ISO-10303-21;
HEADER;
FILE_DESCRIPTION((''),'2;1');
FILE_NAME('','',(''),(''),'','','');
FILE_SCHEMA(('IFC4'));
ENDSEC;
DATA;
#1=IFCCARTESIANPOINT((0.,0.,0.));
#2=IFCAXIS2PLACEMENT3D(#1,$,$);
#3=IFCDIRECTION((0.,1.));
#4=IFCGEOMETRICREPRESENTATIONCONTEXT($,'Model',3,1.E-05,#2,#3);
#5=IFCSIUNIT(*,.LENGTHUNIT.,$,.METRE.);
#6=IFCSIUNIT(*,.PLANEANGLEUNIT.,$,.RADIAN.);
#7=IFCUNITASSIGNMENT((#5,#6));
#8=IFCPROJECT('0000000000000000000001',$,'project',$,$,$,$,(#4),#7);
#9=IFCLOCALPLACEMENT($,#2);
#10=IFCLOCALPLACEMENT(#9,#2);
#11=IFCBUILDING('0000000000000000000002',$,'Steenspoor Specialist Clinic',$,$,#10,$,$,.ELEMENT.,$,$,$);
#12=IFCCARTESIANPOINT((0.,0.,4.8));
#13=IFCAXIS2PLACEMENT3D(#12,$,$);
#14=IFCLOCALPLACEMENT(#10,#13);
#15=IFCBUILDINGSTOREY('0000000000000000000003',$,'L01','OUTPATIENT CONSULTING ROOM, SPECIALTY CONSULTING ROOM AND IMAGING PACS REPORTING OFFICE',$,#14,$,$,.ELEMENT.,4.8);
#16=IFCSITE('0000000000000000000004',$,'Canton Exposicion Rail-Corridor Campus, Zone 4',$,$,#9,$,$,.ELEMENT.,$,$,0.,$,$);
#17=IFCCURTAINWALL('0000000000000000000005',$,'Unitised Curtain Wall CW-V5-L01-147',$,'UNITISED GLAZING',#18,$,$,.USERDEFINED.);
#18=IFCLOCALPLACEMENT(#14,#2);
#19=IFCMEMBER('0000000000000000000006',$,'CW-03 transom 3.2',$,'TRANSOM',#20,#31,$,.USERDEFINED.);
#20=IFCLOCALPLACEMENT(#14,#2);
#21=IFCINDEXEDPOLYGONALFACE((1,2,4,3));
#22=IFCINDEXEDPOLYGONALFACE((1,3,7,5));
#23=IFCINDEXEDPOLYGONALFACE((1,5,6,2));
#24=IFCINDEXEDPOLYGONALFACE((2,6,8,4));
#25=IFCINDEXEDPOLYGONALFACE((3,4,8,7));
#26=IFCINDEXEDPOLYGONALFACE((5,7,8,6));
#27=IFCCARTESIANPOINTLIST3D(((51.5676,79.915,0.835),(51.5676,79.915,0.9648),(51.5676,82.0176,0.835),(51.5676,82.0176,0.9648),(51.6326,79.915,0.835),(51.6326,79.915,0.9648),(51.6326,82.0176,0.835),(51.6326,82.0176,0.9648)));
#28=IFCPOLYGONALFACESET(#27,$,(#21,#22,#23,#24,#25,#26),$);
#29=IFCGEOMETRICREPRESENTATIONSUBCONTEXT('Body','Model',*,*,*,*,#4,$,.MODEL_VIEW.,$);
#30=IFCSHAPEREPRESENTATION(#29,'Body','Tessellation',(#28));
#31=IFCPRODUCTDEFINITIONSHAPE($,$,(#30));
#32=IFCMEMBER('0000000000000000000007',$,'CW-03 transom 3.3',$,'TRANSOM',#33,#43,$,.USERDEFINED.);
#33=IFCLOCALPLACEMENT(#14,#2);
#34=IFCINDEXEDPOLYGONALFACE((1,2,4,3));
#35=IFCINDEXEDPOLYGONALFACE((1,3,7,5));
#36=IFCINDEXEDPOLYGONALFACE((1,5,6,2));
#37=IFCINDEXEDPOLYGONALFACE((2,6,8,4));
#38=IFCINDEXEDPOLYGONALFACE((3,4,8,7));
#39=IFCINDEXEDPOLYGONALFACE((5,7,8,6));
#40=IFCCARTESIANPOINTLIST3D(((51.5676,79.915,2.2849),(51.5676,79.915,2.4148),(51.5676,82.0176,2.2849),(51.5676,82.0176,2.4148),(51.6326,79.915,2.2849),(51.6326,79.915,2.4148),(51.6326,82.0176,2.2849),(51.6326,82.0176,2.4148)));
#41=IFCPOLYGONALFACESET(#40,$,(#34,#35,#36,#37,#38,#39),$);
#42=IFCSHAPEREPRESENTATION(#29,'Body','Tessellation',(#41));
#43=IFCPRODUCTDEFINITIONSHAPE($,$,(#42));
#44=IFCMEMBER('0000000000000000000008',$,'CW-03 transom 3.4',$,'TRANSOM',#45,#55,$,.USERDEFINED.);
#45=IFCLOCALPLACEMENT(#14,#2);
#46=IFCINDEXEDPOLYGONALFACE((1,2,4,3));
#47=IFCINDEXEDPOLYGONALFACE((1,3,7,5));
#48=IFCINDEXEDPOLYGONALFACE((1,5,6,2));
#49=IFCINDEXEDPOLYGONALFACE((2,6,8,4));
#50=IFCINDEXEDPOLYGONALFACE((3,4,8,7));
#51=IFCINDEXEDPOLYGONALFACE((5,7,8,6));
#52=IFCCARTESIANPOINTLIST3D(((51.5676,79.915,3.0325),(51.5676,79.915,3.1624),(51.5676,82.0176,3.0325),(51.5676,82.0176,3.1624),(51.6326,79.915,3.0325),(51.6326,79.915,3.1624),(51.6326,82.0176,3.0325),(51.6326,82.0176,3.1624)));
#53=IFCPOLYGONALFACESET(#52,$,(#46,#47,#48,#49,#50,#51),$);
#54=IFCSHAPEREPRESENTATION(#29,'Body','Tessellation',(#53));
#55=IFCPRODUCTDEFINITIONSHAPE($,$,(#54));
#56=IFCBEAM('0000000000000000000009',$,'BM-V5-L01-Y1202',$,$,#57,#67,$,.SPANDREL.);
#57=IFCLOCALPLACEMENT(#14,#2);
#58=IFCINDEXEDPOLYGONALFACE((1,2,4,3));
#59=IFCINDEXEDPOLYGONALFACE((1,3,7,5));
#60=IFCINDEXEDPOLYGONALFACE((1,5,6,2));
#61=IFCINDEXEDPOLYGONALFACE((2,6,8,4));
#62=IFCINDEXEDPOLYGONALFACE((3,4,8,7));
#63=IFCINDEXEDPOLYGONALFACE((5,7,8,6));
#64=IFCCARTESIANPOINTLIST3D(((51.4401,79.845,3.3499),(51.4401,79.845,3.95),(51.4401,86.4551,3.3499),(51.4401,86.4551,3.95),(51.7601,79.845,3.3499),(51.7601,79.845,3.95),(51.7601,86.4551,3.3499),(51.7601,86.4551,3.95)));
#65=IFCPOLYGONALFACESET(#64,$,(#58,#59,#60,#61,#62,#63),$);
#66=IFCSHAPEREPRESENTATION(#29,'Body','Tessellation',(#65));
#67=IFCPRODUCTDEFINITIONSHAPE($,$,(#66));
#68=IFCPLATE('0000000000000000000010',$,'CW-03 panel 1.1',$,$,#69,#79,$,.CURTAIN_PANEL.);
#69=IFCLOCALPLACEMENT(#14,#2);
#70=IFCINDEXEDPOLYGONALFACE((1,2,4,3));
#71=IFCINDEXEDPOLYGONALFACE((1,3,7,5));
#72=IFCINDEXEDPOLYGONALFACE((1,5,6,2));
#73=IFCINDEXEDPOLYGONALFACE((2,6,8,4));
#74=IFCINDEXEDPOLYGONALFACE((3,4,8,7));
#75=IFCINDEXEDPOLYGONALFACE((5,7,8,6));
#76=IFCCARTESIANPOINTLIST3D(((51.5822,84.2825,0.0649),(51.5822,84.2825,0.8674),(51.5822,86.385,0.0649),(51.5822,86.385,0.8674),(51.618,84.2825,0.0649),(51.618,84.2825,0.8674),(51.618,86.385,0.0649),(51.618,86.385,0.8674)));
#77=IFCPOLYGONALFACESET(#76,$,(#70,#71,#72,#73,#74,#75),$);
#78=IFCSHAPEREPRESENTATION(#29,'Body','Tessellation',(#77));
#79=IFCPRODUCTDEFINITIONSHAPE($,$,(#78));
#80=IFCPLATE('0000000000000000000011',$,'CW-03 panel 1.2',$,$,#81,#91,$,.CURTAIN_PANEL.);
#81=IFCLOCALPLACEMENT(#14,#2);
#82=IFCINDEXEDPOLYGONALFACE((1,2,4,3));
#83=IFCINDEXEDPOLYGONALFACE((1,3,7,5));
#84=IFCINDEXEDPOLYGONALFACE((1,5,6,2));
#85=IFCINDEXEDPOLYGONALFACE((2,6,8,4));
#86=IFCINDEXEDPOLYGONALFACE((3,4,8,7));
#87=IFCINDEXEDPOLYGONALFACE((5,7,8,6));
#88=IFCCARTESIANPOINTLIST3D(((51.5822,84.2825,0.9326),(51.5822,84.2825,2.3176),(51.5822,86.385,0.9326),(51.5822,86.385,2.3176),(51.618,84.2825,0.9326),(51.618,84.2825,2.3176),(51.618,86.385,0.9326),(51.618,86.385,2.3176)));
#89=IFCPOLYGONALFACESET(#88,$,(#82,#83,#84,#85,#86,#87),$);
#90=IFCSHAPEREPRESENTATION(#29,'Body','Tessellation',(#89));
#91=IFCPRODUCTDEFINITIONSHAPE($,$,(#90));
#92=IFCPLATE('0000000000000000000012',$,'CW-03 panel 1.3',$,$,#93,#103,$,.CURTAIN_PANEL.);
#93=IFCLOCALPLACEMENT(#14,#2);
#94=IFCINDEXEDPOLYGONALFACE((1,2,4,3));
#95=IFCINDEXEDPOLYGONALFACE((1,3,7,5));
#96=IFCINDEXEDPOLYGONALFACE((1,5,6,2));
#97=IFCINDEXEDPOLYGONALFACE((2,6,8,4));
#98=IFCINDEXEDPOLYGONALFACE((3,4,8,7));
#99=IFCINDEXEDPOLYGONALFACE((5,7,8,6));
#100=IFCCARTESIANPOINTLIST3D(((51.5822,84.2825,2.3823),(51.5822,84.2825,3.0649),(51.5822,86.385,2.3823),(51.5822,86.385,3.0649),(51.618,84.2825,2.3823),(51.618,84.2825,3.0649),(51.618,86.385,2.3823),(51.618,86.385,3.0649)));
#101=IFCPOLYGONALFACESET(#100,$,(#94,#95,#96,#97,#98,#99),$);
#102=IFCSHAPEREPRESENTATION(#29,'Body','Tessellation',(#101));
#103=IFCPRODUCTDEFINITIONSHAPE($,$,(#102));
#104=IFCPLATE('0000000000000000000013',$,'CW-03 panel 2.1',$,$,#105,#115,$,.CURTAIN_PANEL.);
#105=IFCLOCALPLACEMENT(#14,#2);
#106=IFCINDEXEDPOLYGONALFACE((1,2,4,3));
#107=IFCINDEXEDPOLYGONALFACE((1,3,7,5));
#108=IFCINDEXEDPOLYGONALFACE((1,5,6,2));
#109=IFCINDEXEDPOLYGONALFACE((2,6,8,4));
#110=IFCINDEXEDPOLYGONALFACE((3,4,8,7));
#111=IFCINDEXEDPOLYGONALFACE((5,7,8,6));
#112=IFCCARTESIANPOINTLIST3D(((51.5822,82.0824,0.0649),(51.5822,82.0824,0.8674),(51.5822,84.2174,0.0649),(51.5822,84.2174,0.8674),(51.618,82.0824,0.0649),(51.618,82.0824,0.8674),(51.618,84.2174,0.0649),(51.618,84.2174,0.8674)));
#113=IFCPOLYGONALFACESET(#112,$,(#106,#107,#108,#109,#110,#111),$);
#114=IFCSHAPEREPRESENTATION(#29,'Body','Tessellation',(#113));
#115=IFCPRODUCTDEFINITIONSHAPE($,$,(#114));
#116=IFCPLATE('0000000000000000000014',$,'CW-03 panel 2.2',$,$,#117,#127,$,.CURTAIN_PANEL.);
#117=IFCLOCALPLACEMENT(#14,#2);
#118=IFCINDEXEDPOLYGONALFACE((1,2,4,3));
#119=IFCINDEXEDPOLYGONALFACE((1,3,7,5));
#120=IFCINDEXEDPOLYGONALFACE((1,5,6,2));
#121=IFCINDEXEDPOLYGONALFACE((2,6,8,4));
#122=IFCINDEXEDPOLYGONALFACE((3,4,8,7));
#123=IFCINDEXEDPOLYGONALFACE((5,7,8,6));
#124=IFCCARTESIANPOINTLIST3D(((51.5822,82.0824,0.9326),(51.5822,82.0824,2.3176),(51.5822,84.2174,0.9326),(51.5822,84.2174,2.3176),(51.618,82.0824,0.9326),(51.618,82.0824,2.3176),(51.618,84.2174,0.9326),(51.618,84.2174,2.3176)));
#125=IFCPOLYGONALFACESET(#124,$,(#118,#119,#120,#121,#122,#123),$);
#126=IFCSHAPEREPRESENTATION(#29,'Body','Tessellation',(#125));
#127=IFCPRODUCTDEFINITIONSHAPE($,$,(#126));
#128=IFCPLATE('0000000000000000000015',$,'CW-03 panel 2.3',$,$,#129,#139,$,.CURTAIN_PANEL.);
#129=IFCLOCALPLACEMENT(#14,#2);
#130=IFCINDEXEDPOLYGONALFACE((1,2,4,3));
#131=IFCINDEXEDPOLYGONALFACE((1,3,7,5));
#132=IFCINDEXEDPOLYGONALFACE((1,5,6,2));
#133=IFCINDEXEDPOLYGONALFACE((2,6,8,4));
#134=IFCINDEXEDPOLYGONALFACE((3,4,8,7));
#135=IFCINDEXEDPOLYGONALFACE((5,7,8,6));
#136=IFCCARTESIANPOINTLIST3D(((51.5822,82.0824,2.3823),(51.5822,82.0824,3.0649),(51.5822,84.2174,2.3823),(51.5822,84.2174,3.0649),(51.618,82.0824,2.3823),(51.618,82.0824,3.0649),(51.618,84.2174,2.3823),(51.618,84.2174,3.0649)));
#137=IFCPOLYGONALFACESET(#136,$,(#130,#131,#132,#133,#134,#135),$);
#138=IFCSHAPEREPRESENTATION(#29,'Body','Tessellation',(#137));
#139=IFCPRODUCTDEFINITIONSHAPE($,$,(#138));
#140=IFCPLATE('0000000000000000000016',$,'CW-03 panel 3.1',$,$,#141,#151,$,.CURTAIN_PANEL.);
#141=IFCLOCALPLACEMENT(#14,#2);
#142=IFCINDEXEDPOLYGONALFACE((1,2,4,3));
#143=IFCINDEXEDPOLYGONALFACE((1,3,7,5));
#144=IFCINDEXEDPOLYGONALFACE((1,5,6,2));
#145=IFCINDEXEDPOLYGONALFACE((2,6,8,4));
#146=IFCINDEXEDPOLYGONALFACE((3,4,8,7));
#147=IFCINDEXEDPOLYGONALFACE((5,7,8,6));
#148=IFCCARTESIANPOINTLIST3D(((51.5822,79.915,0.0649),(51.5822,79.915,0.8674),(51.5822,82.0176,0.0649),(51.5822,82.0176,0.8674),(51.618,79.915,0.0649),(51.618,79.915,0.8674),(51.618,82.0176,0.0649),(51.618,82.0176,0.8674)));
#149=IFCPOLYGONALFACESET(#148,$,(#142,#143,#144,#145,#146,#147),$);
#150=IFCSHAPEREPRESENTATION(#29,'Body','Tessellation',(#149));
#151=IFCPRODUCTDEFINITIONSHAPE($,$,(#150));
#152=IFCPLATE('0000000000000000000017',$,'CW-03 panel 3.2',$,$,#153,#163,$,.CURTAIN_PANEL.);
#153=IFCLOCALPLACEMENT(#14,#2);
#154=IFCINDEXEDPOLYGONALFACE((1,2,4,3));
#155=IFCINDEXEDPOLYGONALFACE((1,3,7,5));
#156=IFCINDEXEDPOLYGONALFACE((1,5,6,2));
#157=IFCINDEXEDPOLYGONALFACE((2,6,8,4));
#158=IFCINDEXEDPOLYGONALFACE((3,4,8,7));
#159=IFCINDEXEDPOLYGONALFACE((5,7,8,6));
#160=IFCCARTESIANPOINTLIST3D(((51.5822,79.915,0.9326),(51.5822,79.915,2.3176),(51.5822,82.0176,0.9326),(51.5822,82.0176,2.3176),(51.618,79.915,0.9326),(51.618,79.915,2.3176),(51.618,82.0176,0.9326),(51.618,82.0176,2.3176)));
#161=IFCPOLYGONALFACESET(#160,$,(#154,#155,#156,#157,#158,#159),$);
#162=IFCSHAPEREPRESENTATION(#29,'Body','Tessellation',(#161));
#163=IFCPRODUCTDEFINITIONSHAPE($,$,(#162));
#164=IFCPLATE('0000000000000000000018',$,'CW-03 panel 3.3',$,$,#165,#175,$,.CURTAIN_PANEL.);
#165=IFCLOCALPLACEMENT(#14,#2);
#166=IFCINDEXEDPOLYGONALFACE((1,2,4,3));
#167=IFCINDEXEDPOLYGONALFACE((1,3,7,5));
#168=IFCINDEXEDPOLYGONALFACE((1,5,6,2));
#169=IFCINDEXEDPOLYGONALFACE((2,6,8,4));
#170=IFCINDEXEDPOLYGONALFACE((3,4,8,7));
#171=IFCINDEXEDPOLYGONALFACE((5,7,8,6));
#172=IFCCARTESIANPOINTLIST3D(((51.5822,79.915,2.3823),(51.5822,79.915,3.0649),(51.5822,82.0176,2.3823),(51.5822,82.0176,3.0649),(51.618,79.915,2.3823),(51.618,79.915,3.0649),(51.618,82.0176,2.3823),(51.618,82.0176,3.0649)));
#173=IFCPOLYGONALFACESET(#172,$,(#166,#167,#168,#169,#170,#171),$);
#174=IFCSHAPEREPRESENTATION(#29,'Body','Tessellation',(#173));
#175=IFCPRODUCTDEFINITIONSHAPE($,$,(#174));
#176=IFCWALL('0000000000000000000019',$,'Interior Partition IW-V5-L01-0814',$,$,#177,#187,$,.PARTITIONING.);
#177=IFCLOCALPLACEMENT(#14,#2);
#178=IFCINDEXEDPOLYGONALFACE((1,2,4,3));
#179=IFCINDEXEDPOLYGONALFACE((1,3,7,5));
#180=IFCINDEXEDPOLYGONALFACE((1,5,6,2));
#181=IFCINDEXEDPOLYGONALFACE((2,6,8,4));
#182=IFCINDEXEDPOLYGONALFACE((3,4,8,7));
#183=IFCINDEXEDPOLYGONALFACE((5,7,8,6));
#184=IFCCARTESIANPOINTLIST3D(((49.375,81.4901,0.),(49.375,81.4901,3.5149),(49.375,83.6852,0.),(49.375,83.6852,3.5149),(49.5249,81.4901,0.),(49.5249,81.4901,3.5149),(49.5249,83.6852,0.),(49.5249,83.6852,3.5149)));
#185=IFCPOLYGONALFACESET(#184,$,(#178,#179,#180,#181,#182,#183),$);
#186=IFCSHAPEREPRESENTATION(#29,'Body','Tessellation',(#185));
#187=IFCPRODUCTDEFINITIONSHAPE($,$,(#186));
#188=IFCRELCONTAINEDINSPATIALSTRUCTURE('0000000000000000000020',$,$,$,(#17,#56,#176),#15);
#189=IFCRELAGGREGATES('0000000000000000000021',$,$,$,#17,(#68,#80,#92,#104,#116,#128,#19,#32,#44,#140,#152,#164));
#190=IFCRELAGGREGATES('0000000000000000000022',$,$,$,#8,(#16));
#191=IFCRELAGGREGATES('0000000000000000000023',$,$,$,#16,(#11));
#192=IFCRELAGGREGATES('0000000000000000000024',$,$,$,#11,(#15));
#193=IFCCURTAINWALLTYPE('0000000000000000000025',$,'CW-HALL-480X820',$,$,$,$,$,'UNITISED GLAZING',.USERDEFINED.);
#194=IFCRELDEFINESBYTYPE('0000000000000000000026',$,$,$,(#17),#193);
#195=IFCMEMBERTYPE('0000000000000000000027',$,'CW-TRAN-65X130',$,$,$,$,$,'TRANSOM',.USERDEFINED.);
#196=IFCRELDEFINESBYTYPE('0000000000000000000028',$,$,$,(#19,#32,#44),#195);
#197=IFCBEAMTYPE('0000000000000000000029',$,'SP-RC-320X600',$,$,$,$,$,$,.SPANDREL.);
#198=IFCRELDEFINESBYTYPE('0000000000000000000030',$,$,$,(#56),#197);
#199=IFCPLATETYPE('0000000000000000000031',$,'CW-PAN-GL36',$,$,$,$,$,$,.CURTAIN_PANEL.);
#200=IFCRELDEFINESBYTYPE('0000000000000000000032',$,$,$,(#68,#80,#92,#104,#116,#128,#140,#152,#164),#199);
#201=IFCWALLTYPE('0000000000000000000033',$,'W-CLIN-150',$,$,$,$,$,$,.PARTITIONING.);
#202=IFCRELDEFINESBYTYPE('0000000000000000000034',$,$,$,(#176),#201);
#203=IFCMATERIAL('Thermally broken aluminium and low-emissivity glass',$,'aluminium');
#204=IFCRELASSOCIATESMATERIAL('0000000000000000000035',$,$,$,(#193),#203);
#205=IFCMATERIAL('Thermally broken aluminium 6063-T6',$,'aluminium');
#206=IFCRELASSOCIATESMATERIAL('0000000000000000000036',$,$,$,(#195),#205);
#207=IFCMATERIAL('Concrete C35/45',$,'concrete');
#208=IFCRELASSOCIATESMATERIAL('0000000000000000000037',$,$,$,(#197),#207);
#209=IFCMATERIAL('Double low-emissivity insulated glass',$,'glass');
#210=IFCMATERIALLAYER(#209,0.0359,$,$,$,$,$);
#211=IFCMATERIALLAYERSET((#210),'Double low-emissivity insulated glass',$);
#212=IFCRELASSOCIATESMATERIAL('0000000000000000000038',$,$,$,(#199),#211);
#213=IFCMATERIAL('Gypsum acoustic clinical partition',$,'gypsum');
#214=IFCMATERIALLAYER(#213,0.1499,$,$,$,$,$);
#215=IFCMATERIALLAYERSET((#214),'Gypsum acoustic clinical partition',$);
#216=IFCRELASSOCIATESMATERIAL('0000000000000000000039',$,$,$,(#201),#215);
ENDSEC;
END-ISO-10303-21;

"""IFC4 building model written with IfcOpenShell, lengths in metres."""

from ifc_helpers import new_model, si_unit, direction, frame, frame_2d, origin, origin_2d, place, context, subcontext, project, spatial, rectangle, extrude, material, layer, layer_set, material_profile, profile_set, type_object, element, aggregate, save


model = new_model("IFC4")

# Units and contexts
model_context = context("Model", 3, precision=1e-05, world=origin(), true_north=direction((0.0, 1.0)))
body_context = subcontext(model_context, "Body", "Model", "MODEL_VIEW")
ifc_project = project(units=[si_unit("LENGTHUNIT", "METRE"), si_unit("PLANEANGLEUNIT", "RADIAN")], contexts=[model_context])

# Site, building, storey
site_placement = place(None, origin())
site = spatial("IfcSite", under=ifc_project, at=site_placement, Name="Canton Exposicion Rail-Corridor Campus, Zone 4", CompositionType="ELEMENT", RefElevation=0.0)
building_placement = place(site_placement, origin())
building = spatial("IfcBuilding", under=site, at=building_placement, Name="Steenspoor Specialist Clinic", CompositionType="ELEMENT")
storey_placement = place(building_placement, frame((0.0, 0.0, 4.8)))
storey = spatial("IfcBuildingStorey", under=building, at=storey_placement, Name="L01", Description="OUTPATIENT CONSULTING ROOM, SPECIALTY CONSULTING ROOM AND IMAGING PACS REPORTING OFFICE", CompositionType="ELEMENT", Elevation=4.8)

# Curtain wall, members
ifc_material_1 = material(Name="Thermally broken aluminium and low-emissivity glass", Category="aluminium")
curtain_wall_type = type_object("IfcCurtainWallType", Name="CW-HALL-480X820", ElementType="UNITISED GLAZING", PredefinedType="USERDEFINED", material=ifc_material_1)
curtain_wall_placement = place(storey_placement, origin())
curtain_wall = element("IfcCurtainWall", 1, at=curtain_wall_placement, inside=storey, type_object=curtain_wall_type, Name="Unitised Curtain Wall CW-V5-L01-147", ObjectType="UNITISED GLAZING", PredefinedType="USERDEFINED")
ifc_material_2 = material(Name="Thermally broken aluminium 6063-T6", Category="aluminium")
ifc_material_profile_1 = material_profile(ifc_material_2, rectangle(XDim=0.0649, YDim=0.1299, at=origin_2d()), Name="CWT-65X130")
ifc_profile_set_1 = profile_set([ifc_material_profile_1], Name="Thermally broken aluminium 6063-T6")
member_type_1 = type_object("IfcMemberType", Name="CW-TRAN-65X130", ElementType="TRANSOM", PredefinedType="USERDEFINED", material=ifc_profile_set_1)
member_1_placement = place(storey_placement, frame((51.6001, 82.0176, 0.8999), z_axis=(0.0, -1.0, 0.0), x_axis=(1.0, 0.0, 0.0)))
member_1 = element("IfcMember", 2, at=member_1_placement, type_object=member_type_1, Name="CW-03 transom 3.2", ObjectType="TRANSOM", PredefinedType="USERDEFINED", context=body_context, shape_type="SweptSolid", body=[
    extrude(rectangle(XDim=0.0649, YDim=0.1299, at=origin_2d()), origin(), (0.0, 0.0, 1.0), 2.1025),
])
member_2_placement = place(storey_placement, frame((51.6001, 82.0176, 2.3499), z_axis=(0.0, -1.0, 0.0), x_axis=(1.0, 0.0, 0.0)))
member_2 = element("IfcMember", 3, at=member_2_placement, type_object=member_type_1, Name="CW-03 transom 3.3", ObjectType="TRANSOM", PredefinedType="USERDEFINED", context=body_context, shape_type="SweptSolid", body=[
    extrude(rectangle(XDim=0.0649, YDim=0.1299, at=origin_2d()), origin(), (0.0, 0.0, 1.0), 2.1025),
])
member_3_placement = place(storey_placement, frame((51.6001, 82.0176, 3.0974), z_axis=(0.0, -1.0, 0.0), x_axis=(1.0, 0.0, 0.0)))
member_3 = element("IfcMember", 4, at=member_3_placement, type_object=member_type_1, Name="CW-03 transom 3.4", ObjectType="TRANSOM", PredefinedType="USERDEFINED", context=body_context, shape_type="SweptSolid", body=[
    extrude(rectangle(XDim=0.0649, YDim=0.1299, at=origin_2d()), origin(), (0.0, 0.0, 1.0), 2.1025),
])

# Beam
ifc_material_3 = material(Name="Concrete C35/45", Category="concrete")
ifc_material_profile_2 = material_profile(ifc_material_3, rectangle(XDim=0.3201, YDim=0.6001, at=origin_2d()), Name="RC-SP-320X600")
ifc_profile_set_2 = profile_set([ifc_material_profile_2], Name="Concrete C35/45")
beam_type = type_object("IfcBeamType", Name="SP-RC-320X600", PredefinedType="SPANDREL", material=ifc_profile_set_2)
beam_placement = place(storey_placement, frame((51.6001, 79.845, 3.6499), z_axis=(0.0, 1.0, 0.0), x_axis=(-1.0, 0.0, 0.0)))
element("IfcBeam", 5, at=beam_placement, inside=storey, type_object=beam_type, Name="BM-V5-L01-Y1202", PredefinedType="SPANDREL", context=body_context, shape_type="SweptSolid", body=[
    extrude(rectangle(XDim=0.3201, YDim=0.6001, at=origin_2d()), origin(), (0.0, 0.0, 1.0), 6.6101),
])

# Plates
ifc_material_4 = material(Name="Double low-emissivity insulated glass", Category="glass")
ifc_layer_1 = layer(ifc_material_4, 0.0359)
ifc_layer_set_1 = layer_set([ifc_layer_1], Name="Double low-emissivity insulated glass")
plate_type = type_object("IfcPlateType", Name="CW-PAN-GL36", PredefinedType="CURTAIN_PANEL", material=ifc_layer_set_1)
plate_1_placement = place(storey_placement, frame((51.6001, 85.3337, 0.0649), z_axis=(0.0, 0.0, 1.0), x_axis=(0.0, -1.0, 0.0)))
plate_1 = element("IfcPlate", 6, at=plate_1_placement, type_object=plate_type, Name="CW-03 panel 1.1", PredefinedType="CURTAIN_PANEL", context=body_context, shape_type="SweptSolid", body=[
    extrude(rectangle(XDim=2.1025, YDim=0.0359, at=origin_2d()), origin(), (0.0, 0.0, 1.0), 0.8025),
])
plate_2_placement = place(storey_placement, frame((51.6001, 85.3337, 0.9326), z_axis=(0.0, 0.0, 1.0), x_axis=(0.0, -1.0, 0.0)))
plate_2 = element("IfcPlate", 7, at=plate_2_placement, type_object=plate_type, Name="CW-03 panel 1.2", PredefinedType="CURTAIN_PANEL", context=body_context, shape_type="SweptSolid", body=[
    extrude(rectangle(XDim=2.1025, YDim=0.0359, at=origin_2d()), origin(), (0.0, 0.0, 1.0), 1.385),
])
plate_3_placement = place(storey_placement, frame((51.6001, 85.3337, 2.3823), z_axis=(0.0, 0.0, 1.0), x_axis=(0.0, -1.0, 0.0)))
plate_3 = element("IfcPlate", 8, at=plate_3_placement, type_object=plate_type, Name="CW-03 panel 1.3", PredefinedType="CURTAIN_PANEL", context=body_context, shape_type="SweptSolid", body=[
    extrude(rectangle(XDim=2.1025, YDim=0.0359, at=origin_2d()), origin(), (0.0, 0.0, 1.0), 0.6826),
])
plate_4_placement = place(storey_placement, frame((51.6001, 83.1499, 0.0649), z_axis=(0.0, 0.0, 1.0), x_axis=(0.0, -1.0, 0.0)))
plate_4 = element("IfcPlate", 9, at=plate_4_placement, type_object=plate_type, Name="CW-03 panel 2.1", PredefinedType="CURTAIN_PANEL", context=body_context, shape_type="SweptSolid", body=[
    extrude(rectangle(XDim=2.135, YDim=0.0359, at=origin_2d()), origin(), (0.0, 0.0, 1.0), 0.8025),
])
plate_5_placement = place(storey_placement, frame((51.6001, 83.1499, 0.9326), z_axis=(0.0, 0.0, 1.0), x_axis=(0.0, -1.0, 0.0)))
plate_5 = element("IfcPlate", 10, at=plate_5_placement, type_object=plate_type, Name="CW-03 panel 2.2", PredefinedType="CURTAIN_PANEL", context=body_context, shape_type="SweptSolid", body=[
    extrude(rectangle(XDim=2.135, YDim=0.0359, at=origin_2d()), origin(), (0.0, 0.0, 1.0), 1.385),
])
plate_6_placement = place(storey_placement, frame((51.6001, 83.1499, 2.3823), z_axis=(0.0, 0.0, 1.0), x_axis=(0.0, -1.0, 0.0)))
plate_6 = element("IfcPlate", 11, at=plate_6_placement, type_object=plate_type, Name="CW-03 panel 2.3", PredefinedType="CURTAIN_PANEL", context=body_context, shape_type="SweptSolid", body=[
    extrude(rectangle(XDim=2.135, YDim=0.0359, at=origin_2d()), origin(), (0.0, 0.0, 1.0), 0.6826),
])
plate_7_placement = place(storey_placement, frame((51.6001, 80.9663, 0.0649), z_axis=(0.0, 0.0, 1.0), x_axis=(0.0, -1.0, 0.0)))
plate_7 = element("IfcPlate", 12, at=plate_7_placement, type_object=plate_type, Name="CW-03 panel 3.1", PredefinedType="CURTAIN_PANEL", context=body_context, shape_type="SweptSolid", body=[
    extrude(rectangle(XDim=2.1025, YDim=0.0359, at=origin_2d()), origin(), (0.0, 0.0, 1.0), 0.8025),
])
plate_8_placement = place(storey_placement, frame((51.6001, 80.9663, 0.9326), z_axis=(0.0, 0.0, 1.0), x_axis=(0.0, -1.0, 0.0)))
plate_8 = element("IfcPlate", 13, at=plate_8_placement, type_object=plate_type, Name="CW-03 panel 3.2", PredefinedType="CURTAIN_PANEL", context=body_context, shape_type="SweptSolid", body=[
    extrude(rectangle(XDim=2.1025, YDim=0.0359, at=origin_2d()), origin(), (0.0, 0.0, 1.0), 1.385),
])
plate_9_placement = place(storey_placement, frame((51.6001, 80.9663, 2.3823), z_axis=(0.0, 0.0, 1.0), x_axis=(0.0, -1.0, 0.0)))
plate_9 = element("IfcPlate", 14, at=plate_9_placement, type_object=plate_type, Name="CW-03 panel 3.3", PredefinedType="CURTAIN_PANEL", context=body_context, shape_type="SweptSolid", body=[
    extrude(rectangle(XDim=2.1025, YDim=0.0359, at=origin_2d()), origin(), (0.0, 0.0, 1.0), 0.6826),
])
aggregate(curtain_wall, [plate_1, plate_2, plate_3, plate_4, plate_5, plate_6, member_1, member_2, member_3, plate_7, plate_8, plate_9])

# Wall
ifc_material_5 = material(Name="Gypsum acoustic clinical partition", Category="gypsum")
ifc_layer_2 = layer(ifc_material_5, 0.1499)
ifc_layer_set_2 = layer_set([ifc_layer_2], Name="Gypsum acoustic clinical partition")
wall_type_1 = type_object("IfcWallType", Name="W-CLIN-150", PredefinedType="PARTITIONING", material=ifc_layer_set_2)
wall_1_placement = place(storey_placement, frame((49.45, 81.49, 0.0), z_axis=(0.0, 0.0, 1.0), x_axis=(0.0, 1.0, 0.0)))
element("IfcWall", 15, at=wall_1_placement, inside=storey, type_object=wall_type_1, Name="Interior Partition IW-V5-L01-0814", PredefinedType="PARTITIONING", context=body_context, shape_type="SweptSolid", body=[
    extrude(rectangle(XDim=2.1951, YDim=0.1499, at=frame_2d((1.0977, 0.0))), origin(), (0.0, 0.0, 1.0), 3.5149),
])

save(model, "model.ifc")
